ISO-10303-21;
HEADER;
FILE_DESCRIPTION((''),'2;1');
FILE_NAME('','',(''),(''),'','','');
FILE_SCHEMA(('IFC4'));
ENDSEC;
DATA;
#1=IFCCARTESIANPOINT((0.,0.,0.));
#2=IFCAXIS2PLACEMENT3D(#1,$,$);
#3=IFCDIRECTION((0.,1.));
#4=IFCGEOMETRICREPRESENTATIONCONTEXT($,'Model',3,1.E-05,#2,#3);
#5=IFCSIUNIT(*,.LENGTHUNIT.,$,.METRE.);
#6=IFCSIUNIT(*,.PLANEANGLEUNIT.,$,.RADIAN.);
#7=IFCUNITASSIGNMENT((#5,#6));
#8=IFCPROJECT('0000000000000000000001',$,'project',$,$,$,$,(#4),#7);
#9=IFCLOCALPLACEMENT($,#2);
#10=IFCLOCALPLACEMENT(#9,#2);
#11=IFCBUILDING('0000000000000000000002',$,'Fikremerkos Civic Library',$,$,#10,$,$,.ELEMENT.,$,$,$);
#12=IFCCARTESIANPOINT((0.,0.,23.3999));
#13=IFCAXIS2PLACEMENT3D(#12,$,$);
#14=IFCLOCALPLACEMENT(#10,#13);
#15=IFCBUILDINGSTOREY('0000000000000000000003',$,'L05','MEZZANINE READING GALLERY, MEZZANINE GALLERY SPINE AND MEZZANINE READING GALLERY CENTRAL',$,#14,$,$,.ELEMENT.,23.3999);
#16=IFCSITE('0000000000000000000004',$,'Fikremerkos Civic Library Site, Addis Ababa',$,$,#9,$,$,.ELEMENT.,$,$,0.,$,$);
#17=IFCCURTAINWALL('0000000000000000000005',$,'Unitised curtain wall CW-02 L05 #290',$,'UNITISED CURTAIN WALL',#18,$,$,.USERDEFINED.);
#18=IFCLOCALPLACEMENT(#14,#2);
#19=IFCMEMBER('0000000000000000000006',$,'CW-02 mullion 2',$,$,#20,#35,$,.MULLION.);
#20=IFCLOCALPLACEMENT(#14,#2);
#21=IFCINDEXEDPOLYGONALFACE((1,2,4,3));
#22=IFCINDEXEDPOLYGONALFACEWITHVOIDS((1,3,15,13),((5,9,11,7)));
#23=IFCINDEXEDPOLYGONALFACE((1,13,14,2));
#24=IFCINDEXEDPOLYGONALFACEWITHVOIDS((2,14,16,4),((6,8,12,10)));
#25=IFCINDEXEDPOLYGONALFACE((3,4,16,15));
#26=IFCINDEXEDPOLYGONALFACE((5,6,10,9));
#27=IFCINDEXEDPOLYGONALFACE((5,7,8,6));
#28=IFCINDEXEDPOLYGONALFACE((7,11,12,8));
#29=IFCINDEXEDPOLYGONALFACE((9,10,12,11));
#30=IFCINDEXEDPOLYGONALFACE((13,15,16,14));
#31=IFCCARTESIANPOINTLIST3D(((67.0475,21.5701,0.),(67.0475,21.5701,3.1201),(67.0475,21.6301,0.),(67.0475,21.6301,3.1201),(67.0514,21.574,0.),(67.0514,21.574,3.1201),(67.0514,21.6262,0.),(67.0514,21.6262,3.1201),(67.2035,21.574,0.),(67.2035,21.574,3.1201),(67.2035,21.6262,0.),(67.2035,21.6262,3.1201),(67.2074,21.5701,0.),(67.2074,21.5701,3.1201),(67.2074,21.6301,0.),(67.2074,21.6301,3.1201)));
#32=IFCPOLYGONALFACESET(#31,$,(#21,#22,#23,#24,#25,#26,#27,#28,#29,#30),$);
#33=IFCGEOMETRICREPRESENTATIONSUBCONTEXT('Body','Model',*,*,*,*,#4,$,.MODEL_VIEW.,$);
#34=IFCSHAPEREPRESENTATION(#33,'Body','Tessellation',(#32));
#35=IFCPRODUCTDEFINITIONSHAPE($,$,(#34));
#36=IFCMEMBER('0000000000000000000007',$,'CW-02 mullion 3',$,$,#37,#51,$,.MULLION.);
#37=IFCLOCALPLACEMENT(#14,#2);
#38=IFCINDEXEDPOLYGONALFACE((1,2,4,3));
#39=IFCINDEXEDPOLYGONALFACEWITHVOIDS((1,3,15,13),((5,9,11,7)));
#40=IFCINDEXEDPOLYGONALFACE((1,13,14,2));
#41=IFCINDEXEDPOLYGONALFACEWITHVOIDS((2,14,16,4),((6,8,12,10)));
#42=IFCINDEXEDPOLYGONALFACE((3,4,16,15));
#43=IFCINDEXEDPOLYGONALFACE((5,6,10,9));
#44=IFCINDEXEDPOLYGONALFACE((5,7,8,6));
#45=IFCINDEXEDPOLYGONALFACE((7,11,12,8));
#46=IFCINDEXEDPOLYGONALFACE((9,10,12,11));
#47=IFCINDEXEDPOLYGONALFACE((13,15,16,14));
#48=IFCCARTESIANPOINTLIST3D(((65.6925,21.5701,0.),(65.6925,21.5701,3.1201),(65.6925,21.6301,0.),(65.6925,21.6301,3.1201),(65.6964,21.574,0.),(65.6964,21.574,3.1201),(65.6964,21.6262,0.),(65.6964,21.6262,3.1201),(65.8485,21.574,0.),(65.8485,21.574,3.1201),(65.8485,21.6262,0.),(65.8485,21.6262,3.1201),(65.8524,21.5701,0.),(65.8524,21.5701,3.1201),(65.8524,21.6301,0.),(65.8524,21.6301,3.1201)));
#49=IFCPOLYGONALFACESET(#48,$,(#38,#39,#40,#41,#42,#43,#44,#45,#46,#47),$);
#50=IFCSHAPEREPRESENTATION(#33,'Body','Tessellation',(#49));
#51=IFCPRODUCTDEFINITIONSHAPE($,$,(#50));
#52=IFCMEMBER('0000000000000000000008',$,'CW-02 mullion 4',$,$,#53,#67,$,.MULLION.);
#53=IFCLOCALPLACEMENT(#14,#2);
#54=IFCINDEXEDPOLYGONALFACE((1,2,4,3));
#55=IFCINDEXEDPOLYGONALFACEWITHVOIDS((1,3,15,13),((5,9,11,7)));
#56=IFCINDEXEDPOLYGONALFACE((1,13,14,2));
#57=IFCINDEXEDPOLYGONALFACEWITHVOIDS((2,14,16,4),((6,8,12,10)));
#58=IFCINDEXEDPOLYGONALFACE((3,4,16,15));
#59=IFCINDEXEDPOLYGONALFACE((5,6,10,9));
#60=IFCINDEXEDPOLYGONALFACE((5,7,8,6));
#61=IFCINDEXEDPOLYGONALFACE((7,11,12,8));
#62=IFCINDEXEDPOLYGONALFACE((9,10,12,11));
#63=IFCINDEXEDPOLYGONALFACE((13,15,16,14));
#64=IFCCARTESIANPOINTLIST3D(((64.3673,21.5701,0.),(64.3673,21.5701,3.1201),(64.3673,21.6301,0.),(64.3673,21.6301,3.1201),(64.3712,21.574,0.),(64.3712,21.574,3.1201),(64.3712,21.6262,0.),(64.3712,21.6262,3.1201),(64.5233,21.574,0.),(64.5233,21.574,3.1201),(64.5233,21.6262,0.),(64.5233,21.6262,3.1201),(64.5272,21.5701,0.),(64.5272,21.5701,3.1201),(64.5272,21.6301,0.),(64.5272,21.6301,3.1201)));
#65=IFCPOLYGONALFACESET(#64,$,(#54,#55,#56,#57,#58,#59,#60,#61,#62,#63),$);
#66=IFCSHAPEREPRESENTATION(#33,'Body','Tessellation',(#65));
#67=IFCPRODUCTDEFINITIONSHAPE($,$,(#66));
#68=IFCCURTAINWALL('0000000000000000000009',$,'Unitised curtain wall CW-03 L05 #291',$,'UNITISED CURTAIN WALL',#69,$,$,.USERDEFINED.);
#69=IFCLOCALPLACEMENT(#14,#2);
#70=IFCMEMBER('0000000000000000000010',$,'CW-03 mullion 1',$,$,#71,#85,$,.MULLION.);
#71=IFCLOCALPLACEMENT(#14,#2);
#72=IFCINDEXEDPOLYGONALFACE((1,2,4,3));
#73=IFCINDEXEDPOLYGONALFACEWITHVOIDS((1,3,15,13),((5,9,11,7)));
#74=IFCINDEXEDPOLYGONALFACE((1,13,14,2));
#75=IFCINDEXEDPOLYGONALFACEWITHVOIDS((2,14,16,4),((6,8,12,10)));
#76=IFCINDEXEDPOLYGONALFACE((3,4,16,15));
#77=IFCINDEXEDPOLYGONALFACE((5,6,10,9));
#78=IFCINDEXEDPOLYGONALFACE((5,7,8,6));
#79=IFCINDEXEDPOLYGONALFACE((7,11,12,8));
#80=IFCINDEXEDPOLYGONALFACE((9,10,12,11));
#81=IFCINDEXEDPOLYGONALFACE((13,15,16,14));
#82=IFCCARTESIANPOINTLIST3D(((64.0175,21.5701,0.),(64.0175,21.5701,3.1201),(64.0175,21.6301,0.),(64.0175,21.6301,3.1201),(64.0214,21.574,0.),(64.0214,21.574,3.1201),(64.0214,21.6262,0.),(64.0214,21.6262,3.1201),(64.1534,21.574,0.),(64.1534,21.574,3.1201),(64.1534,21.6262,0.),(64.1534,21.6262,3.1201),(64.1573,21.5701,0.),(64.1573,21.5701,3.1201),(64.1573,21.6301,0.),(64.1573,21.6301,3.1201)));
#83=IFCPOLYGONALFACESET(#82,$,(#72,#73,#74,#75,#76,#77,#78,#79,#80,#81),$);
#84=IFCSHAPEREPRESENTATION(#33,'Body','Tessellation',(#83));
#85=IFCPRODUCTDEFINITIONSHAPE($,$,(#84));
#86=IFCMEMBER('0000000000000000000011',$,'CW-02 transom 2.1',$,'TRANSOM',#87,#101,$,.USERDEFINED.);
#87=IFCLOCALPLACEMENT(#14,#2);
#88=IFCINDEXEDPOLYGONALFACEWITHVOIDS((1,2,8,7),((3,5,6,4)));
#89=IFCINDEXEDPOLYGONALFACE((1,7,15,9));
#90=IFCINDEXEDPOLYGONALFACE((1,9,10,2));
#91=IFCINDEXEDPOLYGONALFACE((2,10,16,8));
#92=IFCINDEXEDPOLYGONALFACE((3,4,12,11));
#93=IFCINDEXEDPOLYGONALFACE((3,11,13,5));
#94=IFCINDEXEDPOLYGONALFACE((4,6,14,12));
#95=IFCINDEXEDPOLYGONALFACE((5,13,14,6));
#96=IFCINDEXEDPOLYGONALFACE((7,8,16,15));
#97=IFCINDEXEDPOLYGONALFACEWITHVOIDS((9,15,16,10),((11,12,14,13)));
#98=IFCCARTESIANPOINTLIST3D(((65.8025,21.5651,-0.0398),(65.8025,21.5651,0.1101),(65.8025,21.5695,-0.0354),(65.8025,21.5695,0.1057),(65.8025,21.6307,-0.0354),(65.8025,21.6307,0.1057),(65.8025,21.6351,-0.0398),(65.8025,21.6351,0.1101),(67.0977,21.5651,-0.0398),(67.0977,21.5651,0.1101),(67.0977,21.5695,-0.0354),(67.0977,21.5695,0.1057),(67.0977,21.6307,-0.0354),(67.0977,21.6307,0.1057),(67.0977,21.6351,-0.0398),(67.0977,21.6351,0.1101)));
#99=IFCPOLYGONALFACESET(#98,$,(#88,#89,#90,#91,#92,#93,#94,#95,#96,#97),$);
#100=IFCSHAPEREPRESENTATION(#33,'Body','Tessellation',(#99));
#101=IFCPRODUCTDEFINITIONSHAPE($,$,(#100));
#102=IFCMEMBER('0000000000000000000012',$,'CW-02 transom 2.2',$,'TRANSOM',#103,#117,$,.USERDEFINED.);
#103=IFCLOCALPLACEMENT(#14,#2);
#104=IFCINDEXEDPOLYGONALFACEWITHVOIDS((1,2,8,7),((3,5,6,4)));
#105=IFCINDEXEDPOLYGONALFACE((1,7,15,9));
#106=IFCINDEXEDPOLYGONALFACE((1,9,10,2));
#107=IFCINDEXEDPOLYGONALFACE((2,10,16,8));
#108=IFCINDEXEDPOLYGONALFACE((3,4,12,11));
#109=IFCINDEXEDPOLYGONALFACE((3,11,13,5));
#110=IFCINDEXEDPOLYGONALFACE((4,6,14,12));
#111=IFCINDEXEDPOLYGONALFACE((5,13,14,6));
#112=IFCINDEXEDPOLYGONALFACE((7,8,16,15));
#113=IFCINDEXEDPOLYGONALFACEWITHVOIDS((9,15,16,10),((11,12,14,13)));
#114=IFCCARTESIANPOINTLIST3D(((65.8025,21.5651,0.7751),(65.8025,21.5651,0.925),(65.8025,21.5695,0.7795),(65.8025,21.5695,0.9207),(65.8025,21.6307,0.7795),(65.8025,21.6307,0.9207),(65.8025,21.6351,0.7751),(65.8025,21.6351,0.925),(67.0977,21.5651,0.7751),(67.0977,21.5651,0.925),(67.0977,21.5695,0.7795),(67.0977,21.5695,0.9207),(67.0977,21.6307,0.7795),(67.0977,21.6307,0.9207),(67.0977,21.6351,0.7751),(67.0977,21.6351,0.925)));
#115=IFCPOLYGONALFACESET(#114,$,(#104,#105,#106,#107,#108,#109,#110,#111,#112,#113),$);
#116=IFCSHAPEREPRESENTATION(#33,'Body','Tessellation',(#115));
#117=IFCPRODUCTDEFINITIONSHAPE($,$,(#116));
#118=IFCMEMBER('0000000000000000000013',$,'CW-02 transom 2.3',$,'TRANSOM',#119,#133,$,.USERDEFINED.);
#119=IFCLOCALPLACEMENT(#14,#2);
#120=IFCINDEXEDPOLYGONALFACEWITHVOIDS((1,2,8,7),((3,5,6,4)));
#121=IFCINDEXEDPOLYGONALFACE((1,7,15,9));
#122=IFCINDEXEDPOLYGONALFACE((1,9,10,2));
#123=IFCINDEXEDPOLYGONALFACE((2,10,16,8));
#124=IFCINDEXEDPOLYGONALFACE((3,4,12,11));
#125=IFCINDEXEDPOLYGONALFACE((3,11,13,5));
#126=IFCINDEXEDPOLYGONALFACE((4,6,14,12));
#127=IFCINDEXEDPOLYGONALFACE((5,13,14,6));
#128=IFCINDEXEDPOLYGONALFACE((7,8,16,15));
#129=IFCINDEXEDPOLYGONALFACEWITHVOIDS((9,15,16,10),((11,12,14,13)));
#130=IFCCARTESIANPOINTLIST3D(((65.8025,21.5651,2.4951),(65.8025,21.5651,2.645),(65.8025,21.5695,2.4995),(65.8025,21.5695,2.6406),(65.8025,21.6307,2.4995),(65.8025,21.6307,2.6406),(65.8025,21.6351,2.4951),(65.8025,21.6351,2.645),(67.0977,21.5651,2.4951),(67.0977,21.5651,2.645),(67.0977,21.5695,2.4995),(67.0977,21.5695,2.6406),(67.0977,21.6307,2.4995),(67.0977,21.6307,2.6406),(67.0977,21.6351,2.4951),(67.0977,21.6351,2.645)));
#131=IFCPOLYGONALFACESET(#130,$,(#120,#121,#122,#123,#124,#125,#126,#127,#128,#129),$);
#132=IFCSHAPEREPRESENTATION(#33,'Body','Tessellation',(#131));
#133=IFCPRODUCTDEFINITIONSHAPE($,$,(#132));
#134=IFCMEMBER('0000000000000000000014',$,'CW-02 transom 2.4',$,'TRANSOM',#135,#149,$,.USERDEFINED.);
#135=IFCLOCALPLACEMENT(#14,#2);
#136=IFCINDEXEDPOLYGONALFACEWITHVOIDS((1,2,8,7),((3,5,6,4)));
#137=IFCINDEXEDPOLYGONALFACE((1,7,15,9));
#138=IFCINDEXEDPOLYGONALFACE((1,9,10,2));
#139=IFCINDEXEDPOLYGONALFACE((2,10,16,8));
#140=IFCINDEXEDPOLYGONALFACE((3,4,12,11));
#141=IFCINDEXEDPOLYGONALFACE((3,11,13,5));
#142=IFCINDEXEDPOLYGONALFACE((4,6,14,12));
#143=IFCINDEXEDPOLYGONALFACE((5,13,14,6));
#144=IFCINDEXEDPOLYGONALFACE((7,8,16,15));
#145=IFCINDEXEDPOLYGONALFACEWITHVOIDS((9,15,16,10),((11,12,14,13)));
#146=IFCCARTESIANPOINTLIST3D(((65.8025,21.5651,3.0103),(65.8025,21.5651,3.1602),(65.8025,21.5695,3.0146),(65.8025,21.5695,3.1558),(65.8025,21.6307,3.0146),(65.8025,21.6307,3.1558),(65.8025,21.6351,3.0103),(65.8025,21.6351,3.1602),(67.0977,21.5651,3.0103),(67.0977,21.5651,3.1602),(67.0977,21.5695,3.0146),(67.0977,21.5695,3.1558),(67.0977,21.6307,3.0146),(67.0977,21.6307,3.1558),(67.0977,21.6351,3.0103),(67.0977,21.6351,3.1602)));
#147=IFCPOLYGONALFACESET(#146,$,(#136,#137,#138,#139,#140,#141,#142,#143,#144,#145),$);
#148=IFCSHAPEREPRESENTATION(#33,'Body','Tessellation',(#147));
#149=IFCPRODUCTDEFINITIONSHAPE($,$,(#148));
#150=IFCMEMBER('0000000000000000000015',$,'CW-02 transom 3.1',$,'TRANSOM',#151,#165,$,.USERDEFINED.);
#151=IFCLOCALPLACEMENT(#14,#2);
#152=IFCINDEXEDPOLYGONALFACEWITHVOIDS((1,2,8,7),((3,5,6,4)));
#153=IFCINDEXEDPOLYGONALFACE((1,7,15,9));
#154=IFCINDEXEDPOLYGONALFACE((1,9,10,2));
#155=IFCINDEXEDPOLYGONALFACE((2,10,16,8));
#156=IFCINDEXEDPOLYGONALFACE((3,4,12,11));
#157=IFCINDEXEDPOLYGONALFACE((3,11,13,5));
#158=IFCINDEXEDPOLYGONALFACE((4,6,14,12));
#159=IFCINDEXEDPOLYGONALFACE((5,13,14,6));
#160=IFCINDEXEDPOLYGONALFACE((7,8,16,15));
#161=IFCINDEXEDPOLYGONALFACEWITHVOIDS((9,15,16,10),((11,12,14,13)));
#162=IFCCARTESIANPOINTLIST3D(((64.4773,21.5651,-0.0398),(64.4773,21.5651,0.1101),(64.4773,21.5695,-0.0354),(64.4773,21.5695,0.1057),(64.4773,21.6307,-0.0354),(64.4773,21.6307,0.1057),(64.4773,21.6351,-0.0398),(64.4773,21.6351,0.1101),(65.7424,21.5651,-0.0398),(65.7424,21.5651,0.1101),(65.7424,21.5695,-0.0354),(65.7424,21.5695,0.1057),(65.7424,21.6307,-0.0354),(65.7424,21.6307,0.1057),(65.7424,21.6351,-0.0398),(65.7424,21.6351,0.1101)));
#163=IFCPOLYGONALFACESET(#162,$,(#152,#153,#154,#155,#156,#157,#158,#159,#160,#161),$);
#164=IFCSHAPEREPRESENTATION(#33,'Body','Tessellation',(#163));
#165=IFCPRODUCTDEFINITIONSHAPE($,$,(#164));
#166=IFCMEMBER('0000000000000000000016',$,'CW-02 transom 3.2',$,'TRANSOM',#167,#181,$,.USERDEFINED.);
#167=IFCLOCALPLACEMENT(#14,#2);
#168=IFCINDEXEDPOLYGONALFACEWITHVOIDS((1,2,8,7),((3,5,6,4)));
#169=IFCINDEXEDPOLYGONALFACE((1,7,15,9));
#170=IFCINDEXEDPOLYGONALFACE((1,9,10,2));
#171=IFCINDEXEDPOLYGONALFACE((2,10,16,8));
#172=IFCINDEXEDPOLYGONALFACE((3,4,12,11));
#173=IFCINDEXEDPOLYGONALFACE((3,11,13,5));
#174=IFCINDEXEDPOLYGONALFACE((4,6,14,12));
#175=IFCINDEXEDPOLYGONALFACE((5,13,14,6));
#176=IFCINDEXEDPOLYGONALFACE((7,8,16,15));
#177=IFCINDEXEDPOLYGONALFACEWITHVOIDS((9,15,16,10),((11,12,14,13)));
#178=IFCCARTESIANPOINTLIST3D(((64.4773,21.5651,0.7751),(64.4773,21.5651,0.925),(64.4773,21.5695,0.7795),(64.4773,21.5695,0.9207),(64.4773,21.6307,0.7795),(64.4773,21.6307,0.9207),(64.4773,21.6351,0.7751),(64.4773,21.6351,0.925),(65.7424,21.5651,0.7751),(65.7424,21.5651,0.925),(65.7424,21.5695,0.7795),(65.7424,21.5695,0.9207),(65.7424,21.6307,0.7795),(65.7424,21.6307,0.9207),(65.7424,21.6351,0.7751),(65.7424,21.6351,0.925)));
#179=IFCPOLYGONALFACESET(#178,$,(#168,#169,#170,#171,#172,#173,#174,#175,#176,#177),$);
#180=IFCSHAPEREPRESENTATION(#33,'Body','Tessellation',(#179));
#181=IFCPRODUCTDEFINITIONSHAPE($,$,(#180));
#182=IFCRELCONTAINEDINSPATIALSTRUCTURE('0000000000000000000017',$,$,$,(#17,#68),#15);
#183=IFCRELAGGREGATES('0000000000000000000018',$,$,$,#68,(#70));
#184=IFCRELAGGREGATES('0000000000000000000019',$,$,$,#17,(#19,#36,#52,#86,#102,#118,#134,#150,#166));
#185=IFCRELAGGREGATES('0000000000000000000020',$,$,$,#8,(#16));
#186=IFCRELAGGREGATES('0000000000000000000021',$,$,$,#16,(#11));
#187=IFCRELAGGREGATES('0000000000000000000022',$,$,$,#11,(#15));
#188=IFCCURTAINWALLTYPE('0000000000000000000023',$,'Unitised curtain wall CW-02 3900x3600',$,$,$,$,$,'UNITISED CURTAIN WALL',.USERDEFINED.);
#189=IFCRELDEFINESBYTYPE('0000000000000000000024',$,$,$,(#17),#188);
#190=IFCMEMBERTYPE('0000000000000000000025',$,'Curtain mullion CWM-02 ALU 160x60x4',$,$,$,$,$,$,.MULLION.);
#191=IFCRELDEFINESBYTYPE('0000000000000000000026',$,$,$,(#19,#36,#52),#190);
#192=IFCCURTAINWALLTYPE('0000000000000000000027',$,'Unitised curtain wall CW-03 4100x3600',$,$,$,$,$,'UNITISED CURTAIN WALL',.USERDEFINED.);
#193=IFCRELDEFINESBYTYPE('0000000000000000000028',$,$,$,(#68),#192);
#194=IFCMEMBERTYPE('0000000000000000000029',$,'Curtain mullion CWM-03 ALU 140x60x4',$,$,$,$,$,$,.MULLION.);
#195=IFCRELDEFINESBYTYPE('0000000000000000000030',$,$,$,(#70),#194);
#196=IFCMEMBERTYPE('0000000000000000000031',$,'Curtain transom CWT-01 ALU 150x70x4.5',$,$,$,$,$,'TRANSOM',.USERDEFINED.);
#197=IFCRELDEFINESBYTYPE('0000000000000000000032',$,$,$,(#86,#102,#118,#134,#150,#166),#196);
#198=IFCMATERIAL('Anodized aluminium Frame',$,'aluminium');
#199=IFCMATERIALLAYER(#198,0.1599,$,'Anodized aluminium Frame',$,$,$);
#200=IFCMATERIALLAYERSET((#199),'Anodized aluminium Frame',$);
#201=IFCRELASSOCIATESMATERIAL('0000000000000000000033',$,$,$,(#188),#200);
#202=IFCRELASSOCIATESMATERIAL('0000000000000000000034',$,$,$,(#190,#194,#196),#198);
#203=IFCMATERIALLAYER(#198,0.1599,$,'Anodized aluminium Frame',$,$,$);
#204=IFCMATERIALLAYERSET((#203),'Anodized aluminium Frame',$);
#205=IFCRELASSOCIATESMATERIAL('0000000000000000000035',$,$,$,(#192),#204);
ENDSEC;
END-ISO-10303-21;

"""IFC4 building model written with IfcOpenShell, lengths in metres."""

from ifc_helpers import new_model, si_unit, direction, frame, origin, origin_2d, place, context, subcontext, project, spatial, hollow_rectangle, extrude, material, layer, layer_set, material_profile, profile_set, type_object, element, aggregate, save


model = new_model("IFC4")

# Units and contexts
model_context = context("Model", 3, precision=1e-05, world=origin(), true_north=direction((0.0, 1.0)))
body_context = subcontext(model_context, "Body", "Model", "MODEL_VIEW")
ifc_project = project(units=[si_unit("LENGTHUNIT", "METRE"), si_unit("PLANEANGLEUNIT", "RADIAN")], contexts=[model_context])

# Site, building, storey
site_placement = place(None, origin())
site = spatial("IfcSite", under=ifc_project, at=site_placement, Name="Fikremerkos Civic Library Site, Addis Ababa", CompositionType="ELEMENT", RefElevation=0.0)
building_placement = place(site_placement, origin())
building = spatial("IfcBuilding", under=site, at=building_placement, Name="Fikremerkos Civic Library", CompositionType="ELEMENT")
storey_placement = place(building_placement, frame((0.0, 0.0, 23.3999)))
storey = spatial("IfcBuildingStorey", under=building, at=storey_placement, Name="L05", Description="MEZZANINE READING GALLERY, MEZZANINE GALLERY SPINE AND MEZZANINE READING GALLERY CENTRAL", CompositionType="ELEMENT", Elevation=23.3999)

# Curtain wall, members
ifc_material_1 = material(Name="Anodized aluminium Frame", Category="aluminium")
ifc_layer_1 = layer(ifc_material_1, 0.1599, Name="Anodized aluminium Frame")
ifc_layer_set_1 = layer_set([ifc_layer_1], Name="Anodized aluminium Frame")
curtain_wall_type_1 = type_object("IfcCurtainWallType", Name="Unitised curtain wall CW-02 3900x3600", ElementType="UNITISED CURTAIN WALL", PredefinedType="USERDEFINED", material=ifc_layer_set_1)
curtain_wall_1_placement = place(storey_placement, origin())
curtain_wall_1 = element("IfcCurtainWall", 1, at=curtain_wall_1_placement, inside=storey, type_object=curtain_wall_type_1, Name="Unitised curtain wall CW-02 L05 #290", ObjectType="UNITISED CURTAIN WALL", PredefinedType="USERDEFINED")
ifc_material_profile_1 = material_profile(ifc_material_1, hollow_rectangle(XDim=0.0601, YDim=0.1599, WallThickness=0.0039, at=origin_2d()), Name="ALU 160x60x4")
ifc_profile_set_1 = profile_set([ifc_material_profile_1], Name="Anodized aluminium Frame")
member_type_1 = type_object("IfcMemberType", Name="Curtain mullion CWM-02 ALU 160x60x4", PredefinedType="MULLION", material=ifc_profile_set_1)
member_1_placement = place(storey_placement, frame((67.1274, 21.6001, 0.0), z_axis=(0.0, 0.0, 1.0), x_axis=(0.0, -1.0, 0.0)))
member_1 = element("IfcMember", 2, at=member_1_placement, type_object=member_type_1, Name="CW-02 mullion 2", PredefinedType="MULLION", context=body_context, shape_type="SweptSolid", body=[
    extrude(hollow_rectangle(XDim=0.0601, YDim=0.1599, WallThickness=0.0039, at=origin_2d()), origin(), (0.0, 0.0, 1.0), 3.1201),
])
member_2_placement = place(storey_placement, frame((65.7725, 21.6001, 0.0), z_axis=(0.0, 0.0, 1.0), x_axis=(0.0, -1.0, 0.0)))
member_2 = element("IfcMember", 3, at=member_2_placement, type_object=member_type_1, Name="CW-02 mullion 3", PredefinedType="MULLION", context=body_context, shape_type="SweptSolid", body=[
    extrude(hollow_rectangle(XDim=0.0601, YDim=0.1599, WallThickness=0.0039, at=origin_2d()), origin(), (0.0, 0.0, 1.0), 3.1201),
])
member_3_placement = place(storey_placement, frame((64.4473, 21.6001, 0.0), z_axis=(0.0, 0.0, 1.0), x_axis=(0.0, -1.0, 0.0)))
member_3 = element("IfcMember", 4, at=member_3_placement, type_object=member_type_1, Name="CW-02 mullion 4", PredefinedType="MULLION", context=body_context, shape_type="SweptSolid", body=[
    extrude(hollow_rectangle(XDim=0.0601, YDim=0.1599, WallThickness=0.0039, at=origin_2d()), origin(), (0.0, 0.0, 1.0), 3.1201),
])

# Curtain wall, member
ifc_layer_2 = layer(ifc_material_1, 0.1599, Name="Anodized aluminium Frame")
ifc_layer_set_2 = layer_set([ifc_layer_2], Name="Anodized aluminium Frame")
curtain_wall_type_2 = type_object("IfcCurtainWallType", Name="Unitised curtain wall CW-03 4100x3600", ElementType="UNITISED CURTAIN WALL", PredefinedType="USERDEFINED", material=ifc_layer_set_2)
curtain_wall_2_placement = place(storey_placement, origin())
curtain_wall_2 = element("IfcCurtainWall", 5, at=curtain_wall_2_placement, inside=storey, type_object=curtain_wall_type_2, Name="Unitised curtain wall CW-03 L05 #291", ObjectType="UNITISED CURTAIN WALL", PredefinedType="USERDEFINED")
ifc_material_profile_2 = material_profile(ifc_material_1, hollow_rectangle(XDim=0.0601, YDim=0.1399, WallThickness=0.0039, at=origin_2d()), Name="ALU 140x60x4")
ifc_profile_set_2 = profile_set([ifc_material_profile_2], Name="Anodized aluminium Frame")
member_type_2 = type_object("IfcMemberType", Name="Curtain mullion CWM-03 ALU 140x60x4", PredefinedType="MULLION", material=ifc_profile_set_2)
member_4_placement = place(storey_placement, frame((64.0874, 21.6001, 0.0), z_axis=(0.0, 0.0, 1.0), x_axis=(0.0, -1.0, 0.0)))
member_4 = element("IfcMember", 6, at=member_4_placement, type_object=member_type_2, Name="CW-03 mullion 1", PredefinedType="MULLION", context=body_context, shape_type="SweptSolid", body=[
    extrude(hollow_rectangle(XDim=0.0601, YDim=0.1399, WallThickness=0.0039, at=origin_2d()), origin(), (0.0, 0.0, 1.0), 3.1201),
])

# Members
ifc_material_profile_3 = material_profile(ifc_material_1, hollow_rectangle(XDim=0.0701, YDim=0.1499, WallThickness=0.0044, at=origin_2d()), Name="ALU 150x70x4.5")
ifc_profile_set_3 = profile_set([ifc_material_profile_3], Name="Anodized aluminium Frame")
member_type_3 = type_object("IfcMemberType", Name="Curtain transom CWT-01 ALU 150x70x4.5", ElementType="TRANSOM", PredefinedType="USERDEFINED", material=ifc_profile_set_3)
member_5_placement = place(storey_placement, frame((67.0977, 21.6001, 0.0352), z_axis=(-1.0, 0.0, 0.0), x_axis=(0.0, -1.0, 0.0)))
member_5 = element("IfcMember", 7, at=member_5_placement, type_object=member_type_3, Name="CW-02 transom 2.1", ObjectType="TRANSOM", PredefinedType="USERDEFINED", context=body_context, shape_type="SweptSolid", body=[
    extrude(hollow_rectangle(XDim=0.0701, YDim=0.1499, WallThickness=0.0044, at=origin_2d()), origin(), (0.0, 0.0, 1.0), 1.2952),
])
member_6_placement = place(storey_placement, frame((67.0977, 21.6001, 0.8501), z_axis=(-1.0, 0.0, 0.0), x_axis=(0.0, -1.0, 0.0)))
member_6 = element("IfcMember", 8, at=member_6_placement, type_object=member_type_3, Name="CW-02 transom 2.2", ObjectType="TRANSOM", PredefinedType="USERDEFINED", context=body_context, shape_type="SweptSolid", body=[
    extrude(hollow_rectangle(XDim=0.0701, YDim=0.1499, WallThickness=0.0044, at=origin_2d()), origin(), (0.0, 0.0, 1.0), 1.2952),
])
member_7_placement = place(storey_placement, frame((67.0977, 21.6001, 2.5701), z_axis=(-1.0, 0.0, 0.0), x_axis=(0.0, -1.0, 0.0)))
member_7 = element("IfcMember", 9, at=member_7_placement, type_object=member_type_3, Name="CW-02 transom 2.3", ObjectType="TRANSOM", PredefinedType="USERDEFINED", context=body_context, shape_type="SweptSolid", body=[
    extrude(hollow_rectangle(XDim=0.0701, YDim=0.1499, WallThickness=0.0044, at=origin_2d()), origin(), (0.0, 0.0, 1.0), 1.2952),
])
member_8_placement = place(storey_placement, frame((67.0977, 21.6001, 3.0852), z_axis=(-1.0, 0.0, 0.0), x_axis=(0.0, -1.0, 0.0)))
member_8 = element("IfcMember", 10, at=member_8_placement, type_object=member_type_3, Name="CW-02 transom 2.4", ObjectType="TRANSOM", PredefinedType="USERDEFINED", context=body_context, shape_type="SweptSolid", body=[
    extrude(hollow_rectangle(XDim=0.0701, YDim=0.1499, WallThickness=0.0044, at=origin_2d()), origin(), (0.0, 0.0, 1.0), 1.2952),
])
member_9_placement = place(storey_placement, frame((65.7424, 21.6001, 0.0352), z_axis=(-1.0, 0.0, 0.0), x_axis=(0.0, -1.0, 0.0)))
member_9 = element("IfcMember", 11, at=member_9_placement, type_object=member_type_3, Name="CW-02 transom 3.1", ObjectType="TRANSOM", PredefinedType="USERDEFINED", context=body_context, shape_type="SweptSolid", body=[
    extrude(hollow_rectangle(XDim=0.0701, YDim=0.1499, WallThickness=0.0044, at=origin_2d()), origin(), (0.0, 0.0, 1.0), 1.2651),
])
member_10_placement = place(storey_placement, frame((65.7424, 21.6001, 0.8501), z_axis=(-1.0, 0.0, 0.0), x_axis=(0.0, -1.0, 0.0)))
member_10 = element("IfcMember", 12, at=member_10_placement, type_object=member_type_3, Name="CW-02 transom 3.2", ObjectType="TRANSOM", PredefinedType="USERDEFINED", context=body_context, shape_type="SweptSolid", body=[
    extrude(hollow_rectangle(XDim=0.0701, YDim=0.1499, WallThickness=0.0044, at=origin_2d()), origin(), (0.0, 0.0, 1.0), 1.2651),
])
aggregate(curtain_wall_2, [member_4])

aggregate(curtain_wall_1, [member_1, member_2, member_3, member_5, member_6, member_7, member_8, member_9, member_10])

save(model, "model.ifc")
